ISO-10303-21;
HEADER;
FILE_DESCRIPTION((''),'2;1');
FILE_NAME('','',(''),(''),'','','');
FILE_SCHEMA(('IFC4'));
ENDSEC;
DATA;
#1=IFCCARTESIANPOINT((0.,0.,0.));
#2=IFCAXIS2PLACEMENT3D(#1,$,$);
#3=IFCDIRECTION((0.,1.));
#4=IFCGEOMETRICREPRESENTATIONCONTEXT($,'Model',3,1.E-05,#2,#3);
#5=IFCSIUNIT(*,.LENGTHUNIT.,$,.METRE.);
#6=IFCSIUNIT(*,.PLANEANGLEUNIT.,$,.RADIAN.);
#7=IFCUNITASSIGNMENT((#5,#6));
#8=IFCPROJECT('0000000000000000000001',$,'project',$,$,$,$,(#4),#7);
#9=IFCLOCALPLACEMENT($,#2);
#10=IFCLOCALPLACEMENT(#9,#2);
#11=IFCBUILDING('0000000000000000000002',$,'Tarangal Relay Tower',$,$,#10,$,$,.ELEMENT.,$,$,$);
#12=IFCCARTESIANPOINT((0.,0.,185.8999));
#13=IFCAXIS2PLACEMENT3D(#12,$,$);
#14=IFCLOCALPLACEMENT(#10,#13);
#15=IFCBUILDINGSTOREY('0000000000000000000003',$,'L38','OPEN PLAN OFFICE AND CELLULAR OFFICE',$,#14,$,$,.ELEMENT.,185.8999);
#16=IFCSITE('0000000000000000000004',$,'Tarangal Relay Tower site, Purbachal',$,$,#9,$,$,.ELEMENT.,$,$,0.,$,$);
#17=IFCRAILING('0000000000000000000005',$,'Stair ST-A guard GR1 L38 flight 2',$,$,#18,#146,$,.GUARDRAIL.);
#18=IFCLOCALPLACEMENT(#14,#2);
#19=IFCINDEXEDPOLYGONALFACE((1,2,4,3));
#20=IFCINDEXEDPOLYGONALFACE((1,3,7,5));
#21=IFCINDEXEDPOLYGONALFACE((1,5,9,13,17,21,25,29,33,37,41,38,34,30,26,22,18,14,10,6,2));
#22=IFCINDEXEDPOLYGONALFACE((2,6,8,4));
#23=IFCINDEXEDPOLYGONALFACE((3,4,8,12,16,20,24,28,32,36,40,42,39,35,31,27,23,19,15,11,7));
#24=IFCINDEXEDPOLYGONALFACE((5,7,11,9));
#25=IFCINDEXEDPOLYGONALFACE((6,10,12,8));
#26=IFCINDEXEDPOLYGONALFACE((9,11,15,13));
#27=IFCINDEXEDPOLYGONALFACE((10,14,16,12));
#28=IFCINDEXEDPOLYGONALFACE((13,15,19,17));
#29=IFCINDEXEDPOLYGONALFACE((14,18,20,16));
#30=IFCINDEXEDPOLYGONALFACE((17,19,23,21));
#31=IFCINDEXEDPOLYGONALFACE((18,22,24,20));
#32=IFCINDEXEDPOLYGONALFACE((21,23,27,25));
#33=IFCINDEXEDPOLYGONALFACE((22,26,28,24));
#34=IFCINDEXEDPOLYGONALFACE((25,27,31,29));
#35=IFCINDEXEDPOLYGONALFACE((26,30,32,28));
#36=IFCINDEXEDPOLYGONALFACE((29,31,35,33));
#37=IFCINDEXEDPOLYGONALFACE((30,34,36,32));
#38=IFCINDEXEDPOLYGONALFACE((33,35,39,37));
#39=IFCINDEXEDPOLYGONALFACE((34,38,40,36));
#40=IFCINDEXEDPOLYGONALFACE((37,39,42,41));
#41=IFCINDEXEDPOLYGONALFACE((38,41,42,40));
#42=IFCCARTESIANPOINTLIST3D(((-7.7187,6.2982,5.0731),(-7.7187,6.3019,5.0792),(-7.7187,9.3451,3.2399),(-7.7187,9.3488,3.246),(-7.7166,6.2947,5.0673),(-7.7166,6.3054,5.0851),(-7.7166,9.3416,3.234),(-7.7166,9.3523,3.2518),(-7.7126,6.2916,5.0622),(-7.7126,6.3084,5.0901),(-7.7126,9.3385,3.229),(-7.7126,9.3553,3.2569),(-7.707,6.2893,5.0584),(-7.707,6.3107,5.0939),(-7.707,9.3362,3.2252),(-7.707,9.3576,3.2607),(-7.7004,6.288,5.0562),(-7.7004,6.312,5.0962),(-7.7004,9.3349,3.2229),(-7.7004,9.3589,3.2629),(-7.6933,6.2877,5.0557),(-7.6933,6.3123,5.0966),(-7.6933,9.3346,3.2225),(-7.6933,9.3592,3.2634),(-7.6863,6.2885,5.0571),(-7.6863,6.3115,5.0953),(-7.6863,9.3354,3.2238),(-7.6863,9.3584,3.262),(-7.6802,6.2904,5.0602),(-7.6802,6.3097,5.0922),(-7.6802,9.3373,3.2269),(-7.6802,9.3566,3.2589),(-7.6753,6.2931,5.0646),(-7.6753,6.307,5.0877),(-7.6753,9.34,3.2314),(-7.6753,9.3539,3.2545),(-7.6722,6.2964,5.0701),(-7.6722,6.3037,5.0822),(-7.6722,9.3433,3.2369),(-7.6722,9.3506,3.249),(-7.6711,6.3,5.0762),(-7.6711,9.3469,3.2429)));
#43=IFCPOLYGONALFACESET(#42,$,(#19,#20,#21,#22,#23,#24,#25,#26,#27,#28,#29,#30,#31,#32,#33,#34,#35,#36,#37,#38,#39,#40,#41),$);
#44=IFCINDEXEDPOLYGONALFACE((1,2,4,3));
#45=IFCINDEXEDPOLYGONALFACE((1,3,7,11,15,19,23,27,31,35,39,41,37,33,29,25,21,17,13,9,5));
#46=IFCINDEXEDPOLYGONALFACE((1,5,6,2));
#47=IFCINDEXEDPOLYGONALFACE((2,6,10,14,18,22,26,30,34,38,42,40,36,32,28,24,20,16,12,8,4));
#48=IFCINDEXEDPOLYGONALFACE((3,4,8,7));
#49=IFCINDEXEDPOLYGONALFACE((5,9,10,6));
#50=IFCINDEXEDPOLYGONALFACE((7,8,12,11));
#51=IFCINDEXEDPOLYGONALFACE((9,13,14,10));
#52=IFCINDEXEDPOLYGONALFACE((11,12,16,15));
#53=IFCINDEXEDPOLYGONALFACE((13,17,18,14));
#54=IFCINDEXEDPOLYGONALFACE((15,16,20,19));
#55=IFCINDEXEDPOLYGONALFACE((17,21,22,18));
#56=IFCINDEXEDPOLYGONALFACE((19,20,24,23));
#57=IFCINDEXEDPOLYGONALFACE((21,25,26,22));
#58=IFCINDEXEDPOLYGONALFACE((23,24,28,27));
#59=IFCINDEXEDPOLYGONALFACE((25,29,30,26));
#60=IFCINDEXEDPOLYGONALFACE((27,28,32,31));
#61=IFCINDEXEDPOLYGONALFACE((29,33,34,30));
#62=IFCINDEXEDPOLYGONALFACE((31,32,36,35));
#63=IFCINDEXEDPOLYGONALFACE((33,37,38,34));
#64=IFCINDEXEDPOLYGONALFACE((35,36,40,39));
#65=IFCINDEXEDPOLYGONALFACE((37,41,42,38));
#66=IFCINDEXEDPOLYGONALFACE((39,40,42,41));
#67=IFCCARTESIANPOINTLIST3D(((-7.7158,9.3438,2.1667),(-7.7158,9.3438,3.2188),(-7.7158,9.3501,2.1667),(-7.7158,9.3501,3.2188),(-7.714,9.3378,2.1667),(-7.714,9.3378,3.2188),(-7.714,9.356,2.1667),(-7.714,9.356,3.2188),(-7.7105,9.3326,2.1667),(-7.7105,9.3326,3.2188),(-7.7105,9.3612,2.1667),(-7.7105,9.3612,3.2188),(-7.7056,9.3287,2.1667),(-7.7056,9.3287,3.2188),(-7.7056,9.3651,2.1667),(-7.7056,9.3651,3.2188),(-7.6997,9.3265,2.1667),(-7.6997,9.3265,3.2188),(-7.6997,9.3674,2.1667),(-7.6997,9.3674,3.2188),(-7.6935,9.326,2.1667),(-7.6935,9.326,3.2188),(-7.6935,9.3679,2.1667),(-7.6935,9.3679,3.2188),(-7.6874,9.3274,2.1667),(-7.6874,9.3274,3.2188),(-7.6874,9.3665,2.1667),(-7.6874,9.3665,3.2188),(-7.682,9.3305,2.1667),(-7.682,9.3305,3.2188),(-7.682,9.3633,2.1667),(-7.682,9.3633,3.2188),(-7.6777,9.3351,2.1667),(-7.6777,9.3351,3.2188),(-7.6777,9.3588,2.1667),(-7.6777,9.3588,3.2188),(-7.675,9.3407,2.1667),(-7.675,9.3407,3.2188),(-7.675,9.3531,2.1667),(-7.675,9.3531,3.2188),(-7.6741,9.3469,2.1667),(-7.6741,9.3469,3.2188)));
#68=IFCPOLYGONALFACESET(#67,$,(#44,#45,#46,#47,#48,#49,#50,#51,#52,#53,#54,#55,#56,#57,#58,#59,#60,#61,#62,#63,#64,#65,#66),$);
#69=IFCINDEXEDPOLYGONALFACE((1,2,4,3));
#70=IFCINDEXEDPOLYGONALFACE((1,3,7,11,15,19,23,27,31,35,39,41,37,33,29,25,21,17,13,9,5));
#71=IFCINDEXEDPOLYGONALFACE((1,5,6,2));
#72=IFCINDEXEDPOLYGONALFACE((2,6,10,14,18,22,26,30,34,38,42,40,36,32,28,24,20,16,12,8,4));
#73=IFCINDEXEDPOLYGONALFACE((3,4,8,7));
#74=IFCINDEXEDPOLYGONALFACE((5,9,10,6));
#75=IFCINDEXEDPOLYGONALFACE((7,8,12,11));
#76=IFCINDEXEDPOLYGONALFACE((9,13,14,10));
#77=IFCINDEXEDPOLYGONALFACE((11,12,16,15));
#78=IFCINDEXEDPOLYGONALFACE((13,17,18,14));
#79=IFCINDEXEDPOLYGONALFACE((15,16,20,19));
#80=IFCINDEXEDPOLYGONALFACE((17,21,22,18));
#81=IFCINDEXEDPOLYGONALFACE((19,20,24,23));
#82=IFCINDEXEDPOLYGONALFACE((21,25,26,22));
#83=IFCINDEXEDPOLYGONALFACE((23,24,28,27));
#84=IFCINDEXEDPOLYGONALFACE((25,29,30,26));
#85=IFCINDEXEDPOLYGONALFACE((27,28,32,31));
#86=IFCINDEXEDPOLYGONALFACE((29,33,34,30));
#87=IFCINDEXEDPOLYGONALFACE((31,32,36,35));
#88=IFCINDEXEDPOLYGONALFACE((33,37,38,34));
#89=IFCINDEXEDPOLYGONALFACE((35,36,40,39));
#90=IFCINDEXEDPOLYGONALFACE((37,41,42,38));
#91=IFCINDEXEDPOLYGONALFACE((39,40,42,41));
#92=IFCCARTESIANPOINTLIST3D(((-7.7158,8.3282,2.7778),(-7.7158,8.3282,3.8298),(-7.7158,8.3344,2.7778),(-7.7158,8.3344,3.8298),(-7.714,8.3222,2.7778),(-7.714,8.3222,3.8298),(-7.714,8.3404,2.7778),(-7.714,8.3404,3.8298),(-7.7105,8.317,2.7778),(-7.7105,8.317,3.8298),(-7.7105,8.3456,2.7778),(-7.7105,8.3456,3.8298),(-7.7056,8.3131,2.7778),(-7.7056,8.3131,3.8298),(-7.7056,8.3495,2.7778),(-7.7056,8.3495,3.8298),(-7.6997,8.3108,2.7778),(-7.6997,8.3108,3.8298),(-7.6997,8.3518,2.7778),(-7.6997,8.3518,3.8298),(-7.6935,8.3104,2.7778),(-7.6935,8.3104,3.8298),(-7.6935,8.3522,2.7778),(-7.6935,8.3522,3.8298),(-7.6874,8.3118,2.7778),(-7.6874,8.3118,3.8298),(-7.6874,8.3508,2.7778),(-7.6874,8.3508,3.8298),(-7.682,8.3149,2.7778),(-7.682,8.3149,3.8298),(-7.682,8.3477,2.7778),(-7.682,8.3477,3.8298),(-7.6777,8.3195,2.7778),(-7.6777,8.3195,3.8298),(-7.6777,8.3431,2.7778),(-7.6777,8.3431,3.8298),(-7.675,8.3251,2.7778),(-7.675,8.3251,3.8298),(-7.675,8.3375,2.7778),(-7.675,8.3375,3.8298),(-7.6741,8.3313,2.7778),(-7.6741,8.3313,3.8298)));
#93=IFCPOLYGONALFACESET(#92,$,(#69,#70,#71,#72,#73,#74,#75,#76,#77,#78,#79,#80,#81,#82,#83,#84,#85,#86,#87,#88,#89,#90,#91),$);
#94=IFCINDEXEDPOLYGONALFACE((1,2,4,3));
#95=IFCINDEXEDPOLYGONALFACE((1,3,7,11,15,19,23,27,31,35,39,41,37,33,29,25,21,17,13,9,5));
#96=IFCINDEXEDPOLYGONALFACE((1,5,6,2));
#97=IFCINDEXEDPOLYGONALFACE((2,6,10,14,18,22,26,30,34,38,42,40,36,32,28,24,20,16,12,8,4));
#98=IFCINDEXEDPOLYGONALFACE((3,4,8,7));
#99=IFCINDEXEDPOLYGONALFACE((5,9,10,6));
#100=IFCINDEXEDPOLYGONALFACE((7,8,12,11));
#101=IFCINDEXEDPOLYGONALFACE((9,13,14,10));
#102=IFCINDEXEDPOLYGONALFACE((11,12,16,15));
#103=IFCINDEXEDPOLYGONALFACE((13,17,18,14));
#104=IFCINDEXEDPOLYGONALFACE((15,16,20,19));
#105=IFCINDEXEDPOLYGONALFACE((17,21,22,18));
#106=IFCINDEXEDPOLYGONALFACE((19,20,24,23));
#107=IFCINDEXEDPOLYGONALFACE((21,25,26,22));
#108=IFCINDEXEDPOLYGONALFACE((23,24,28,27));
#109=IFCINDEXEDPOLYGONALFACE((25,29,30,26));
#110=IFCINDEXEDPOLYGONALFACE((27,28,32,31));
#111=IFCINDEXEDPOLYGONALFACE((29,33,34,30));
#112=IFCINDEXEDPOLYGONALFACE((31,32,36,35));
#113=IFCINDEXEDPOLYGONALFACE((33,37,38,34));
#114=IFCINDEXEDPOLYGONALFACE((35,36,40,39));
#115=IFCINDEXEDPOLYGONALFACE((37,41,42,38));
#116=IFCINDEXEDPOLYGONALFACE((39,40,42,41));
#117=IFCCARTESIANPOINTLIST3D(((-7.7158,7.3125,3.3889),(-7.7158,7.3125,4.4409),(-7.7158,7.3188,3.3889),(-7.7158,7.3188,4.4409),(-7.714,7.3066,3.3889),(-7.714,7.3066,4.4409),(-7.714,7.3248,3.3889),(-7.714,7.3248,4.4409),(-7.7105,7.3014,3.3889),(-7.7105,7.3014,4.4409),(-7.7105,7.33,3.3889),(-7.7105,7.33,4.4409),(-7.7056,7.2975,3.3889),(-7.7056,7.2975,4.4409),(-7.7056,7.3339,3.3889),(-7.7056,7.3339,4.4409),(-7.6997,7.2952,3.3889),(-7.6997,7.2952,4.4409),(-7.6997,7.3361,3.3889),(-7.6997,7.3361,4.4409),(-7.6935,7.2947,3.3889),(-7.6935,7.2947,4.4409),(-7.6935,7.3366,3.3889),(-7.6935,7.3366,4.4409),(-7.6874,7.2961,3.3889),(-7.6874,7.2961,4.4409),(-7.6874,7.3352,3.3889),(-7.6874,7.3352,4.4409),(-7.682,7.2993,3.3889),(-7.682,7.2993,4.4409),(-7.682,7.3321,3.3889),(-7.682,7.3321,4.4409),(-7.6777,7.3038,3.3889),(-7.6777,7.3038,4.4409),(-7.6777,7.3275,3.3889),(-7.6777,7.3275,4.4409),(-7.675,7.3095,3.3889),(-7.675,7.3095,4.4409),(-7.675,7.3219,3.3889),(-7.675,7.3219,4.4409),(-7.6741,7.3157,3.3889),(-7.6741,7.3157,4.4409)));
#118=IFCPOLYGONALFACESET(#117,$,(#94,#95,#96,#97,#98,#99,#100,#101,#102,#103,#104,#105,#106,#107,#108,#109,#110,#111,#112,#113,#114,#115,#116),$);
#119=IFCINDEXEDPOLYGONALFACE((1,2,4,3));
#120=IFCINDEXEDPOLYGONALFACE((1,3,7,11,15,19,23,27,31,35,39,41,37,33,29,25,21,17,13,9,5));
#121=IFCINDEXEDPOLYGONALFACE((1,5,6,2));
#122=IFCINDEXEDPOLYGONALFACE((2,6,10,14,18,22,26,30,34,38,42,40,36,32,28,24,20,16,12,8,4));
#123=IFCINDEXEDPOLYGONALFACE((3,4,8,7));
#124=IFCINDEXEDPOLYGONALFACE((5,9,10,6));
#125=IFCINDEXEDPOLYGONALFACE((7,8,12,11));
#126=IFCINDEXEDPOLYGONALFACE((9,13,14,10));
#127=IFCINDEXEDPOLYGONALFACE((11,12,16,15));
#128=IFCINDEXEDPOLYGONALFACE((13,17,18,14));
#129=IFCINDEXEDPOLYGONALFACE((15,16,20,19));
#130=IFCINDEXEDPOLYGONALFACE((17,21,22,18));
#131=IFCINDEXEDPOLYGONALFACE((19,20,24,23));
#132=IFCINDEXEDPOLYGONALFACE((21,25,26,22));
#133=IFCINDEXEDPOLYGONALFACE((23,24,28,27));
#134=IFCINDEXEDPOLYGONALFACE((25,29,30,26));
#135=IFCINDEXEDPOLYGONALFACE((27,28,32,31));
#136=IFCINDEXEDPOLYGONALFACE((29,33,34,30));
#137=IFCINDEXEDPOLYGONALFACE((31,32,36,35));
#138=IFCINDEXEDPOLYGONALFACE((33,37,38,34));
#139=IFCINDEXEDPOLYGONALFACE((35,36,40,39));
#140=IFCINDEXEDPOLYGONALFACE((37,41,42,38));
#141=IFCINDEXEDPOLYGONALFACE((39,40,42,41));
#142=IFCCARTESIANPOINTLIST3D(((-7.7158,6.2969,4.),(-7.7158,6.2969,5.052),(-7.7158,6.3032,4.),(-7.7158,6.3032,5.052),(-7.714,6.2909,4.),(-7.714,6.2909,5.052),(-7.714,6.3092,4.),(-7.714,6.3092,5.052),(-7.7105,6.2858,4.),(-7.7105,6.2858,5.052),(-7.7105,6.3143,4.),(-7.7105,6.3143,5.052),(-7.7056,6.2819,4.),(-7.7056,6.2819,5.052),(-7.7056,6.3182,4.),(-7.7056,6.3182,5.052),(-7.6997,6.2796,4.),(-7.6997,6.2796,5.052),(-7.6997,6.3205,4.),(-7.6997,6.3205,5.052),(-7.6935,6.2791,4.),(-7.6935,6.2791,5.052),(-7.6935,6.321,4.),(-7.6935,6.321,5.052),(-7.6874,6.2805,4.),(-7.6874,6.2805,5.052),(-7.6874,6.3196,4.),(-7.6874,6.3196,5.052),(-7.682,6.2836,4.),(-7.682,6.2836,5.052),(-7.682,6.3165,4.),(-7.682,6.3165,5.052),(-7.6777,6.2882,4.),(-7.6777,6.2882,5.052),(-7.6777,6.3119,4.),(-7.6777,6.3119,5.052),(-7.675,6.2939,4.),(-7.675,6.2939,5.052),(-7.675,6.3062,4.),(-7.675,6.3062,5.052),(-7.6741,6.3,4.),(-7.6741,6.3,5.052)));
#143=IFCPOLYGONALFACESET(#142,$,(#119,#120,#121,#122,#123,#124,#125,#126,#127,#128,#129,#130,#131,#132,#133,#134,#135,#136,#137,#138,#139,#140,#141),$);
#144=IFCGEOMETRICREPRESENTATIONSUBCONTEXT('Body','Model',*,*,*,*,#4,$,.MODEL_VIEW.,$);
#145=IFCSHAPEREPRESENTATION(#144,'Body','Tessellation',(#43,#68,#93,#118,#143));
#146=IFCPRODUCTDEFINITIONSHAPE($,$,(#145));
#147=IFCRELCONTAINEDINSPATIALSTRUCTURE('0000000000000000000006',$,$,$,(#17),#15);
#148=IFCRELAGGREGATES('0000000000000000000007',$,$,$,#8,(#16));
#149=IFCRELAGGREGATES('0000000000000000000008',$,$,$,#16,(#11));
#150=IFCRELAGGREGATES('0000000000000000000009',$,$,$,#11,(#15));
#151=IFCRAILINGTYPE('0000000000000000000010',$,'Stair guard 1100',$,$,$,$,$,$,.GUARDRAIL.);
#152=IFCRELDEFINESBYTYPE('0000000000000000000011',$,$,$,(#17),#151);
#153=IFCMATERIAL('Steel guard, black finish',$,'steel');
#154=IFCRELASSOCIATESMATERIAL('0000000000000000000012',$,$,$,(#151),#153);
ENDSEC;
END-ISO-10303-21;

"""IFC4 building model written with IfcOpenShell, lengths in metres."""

from ifc_helpers import new_model, si_unit, direction, frame, origin, origin_2d, place, context, subcontext, project, spatial, circle, extrude, material, type_object, element, save


model = new_model("IFC4")

# Units and contexts
model_context = context("Model", 3, precision=1e-05, world=origin(), true_north=direction((0.0, 1.0)))
body_context = subcontext(model_context, "Body", "Model", "MODEL_VIEW")
ifc_project = project(units=[si_unit("LENGTHUNIT", "METRE"), si_unit("PLANEANGLEUNIT", "RADIAN")], contexts=[model_context])

# Site, building, storey
site_placement = place(None, origin())
site = spatial("IfcSite", under=ifc_project, at=site_placement, Name="Tarangal Relay Tower site, Purbachal", CompositionType="ELEMENT", RefElevation=0.0)
building_placement = place(site_placement, origin())
building = spatial("IfcBuilding", under=site, at=building_placement, Name="Tarangal Relay Tower", CompositionType="ELEMENT")
storey_placement = place(building_placement, frame((0.0, 0.0, 185.8999)))
storey = spatial("IfcBuildingStorey", under=building, at=storey_placement, Name="L38", Description="OPEN PLAN OFFICE AND CELLULAR OFFICE", CompositionType="ELEMENT", Elevation=185.8999)

# Railing
ifc_material_1 = material(Name="Steel guard, black finish", Category="steel")
railing_type_1 = type_object("IfcRailingType", Name="Stair guard 1100", PredefinedType="GUARDRAIL", material=ifc_material_1)
railing_1_placement = place(storey_placement, frame((-7.6951, 9.3469, 2.1667)))
element("IfcRailing", 1, at=railing_1_placement, inside=storey, type_object=railing_type_1, Name="Stair ST-A guard GR1 L38 flight 2", PredefinedType="GUARDRAIL", context=body_context, shape_type="SweptSolid", body=[
    extrude(circle(Radius=0.0239, at=origin_2d()), frame((0.0, 0.0, 1.0762), z_axis=(0.0, -0.856856, 0.515556), x_axis=(1.0, 0.0, 0.0)), (0.0, 0.0, 1.0), 3.5559),
    extrude(circle(Radius=0.021, at=origin_2d()), origin(), (0.0, 0.0, 1.0), 1.052),
    extrude(circle(Radius=0.021, at=origin_2d()), frame((0.0, -1.0156, 0.6111)), (0.0, 0.0, 1.0), 1.052),
    extrude(circle(Radius=0.021, at=origin_2d()), frame((0.0, -2.0312, 1.2222)), (0.0, 0.0, 1.0), 1.052),
    extrude(circle(Radius=0.021, at=origin_2d()), frame((0.0, -3.0469, 1.8333)), (0.0, 0.0, 1.0), 1.052),
])

save(model, "model.ifc")
